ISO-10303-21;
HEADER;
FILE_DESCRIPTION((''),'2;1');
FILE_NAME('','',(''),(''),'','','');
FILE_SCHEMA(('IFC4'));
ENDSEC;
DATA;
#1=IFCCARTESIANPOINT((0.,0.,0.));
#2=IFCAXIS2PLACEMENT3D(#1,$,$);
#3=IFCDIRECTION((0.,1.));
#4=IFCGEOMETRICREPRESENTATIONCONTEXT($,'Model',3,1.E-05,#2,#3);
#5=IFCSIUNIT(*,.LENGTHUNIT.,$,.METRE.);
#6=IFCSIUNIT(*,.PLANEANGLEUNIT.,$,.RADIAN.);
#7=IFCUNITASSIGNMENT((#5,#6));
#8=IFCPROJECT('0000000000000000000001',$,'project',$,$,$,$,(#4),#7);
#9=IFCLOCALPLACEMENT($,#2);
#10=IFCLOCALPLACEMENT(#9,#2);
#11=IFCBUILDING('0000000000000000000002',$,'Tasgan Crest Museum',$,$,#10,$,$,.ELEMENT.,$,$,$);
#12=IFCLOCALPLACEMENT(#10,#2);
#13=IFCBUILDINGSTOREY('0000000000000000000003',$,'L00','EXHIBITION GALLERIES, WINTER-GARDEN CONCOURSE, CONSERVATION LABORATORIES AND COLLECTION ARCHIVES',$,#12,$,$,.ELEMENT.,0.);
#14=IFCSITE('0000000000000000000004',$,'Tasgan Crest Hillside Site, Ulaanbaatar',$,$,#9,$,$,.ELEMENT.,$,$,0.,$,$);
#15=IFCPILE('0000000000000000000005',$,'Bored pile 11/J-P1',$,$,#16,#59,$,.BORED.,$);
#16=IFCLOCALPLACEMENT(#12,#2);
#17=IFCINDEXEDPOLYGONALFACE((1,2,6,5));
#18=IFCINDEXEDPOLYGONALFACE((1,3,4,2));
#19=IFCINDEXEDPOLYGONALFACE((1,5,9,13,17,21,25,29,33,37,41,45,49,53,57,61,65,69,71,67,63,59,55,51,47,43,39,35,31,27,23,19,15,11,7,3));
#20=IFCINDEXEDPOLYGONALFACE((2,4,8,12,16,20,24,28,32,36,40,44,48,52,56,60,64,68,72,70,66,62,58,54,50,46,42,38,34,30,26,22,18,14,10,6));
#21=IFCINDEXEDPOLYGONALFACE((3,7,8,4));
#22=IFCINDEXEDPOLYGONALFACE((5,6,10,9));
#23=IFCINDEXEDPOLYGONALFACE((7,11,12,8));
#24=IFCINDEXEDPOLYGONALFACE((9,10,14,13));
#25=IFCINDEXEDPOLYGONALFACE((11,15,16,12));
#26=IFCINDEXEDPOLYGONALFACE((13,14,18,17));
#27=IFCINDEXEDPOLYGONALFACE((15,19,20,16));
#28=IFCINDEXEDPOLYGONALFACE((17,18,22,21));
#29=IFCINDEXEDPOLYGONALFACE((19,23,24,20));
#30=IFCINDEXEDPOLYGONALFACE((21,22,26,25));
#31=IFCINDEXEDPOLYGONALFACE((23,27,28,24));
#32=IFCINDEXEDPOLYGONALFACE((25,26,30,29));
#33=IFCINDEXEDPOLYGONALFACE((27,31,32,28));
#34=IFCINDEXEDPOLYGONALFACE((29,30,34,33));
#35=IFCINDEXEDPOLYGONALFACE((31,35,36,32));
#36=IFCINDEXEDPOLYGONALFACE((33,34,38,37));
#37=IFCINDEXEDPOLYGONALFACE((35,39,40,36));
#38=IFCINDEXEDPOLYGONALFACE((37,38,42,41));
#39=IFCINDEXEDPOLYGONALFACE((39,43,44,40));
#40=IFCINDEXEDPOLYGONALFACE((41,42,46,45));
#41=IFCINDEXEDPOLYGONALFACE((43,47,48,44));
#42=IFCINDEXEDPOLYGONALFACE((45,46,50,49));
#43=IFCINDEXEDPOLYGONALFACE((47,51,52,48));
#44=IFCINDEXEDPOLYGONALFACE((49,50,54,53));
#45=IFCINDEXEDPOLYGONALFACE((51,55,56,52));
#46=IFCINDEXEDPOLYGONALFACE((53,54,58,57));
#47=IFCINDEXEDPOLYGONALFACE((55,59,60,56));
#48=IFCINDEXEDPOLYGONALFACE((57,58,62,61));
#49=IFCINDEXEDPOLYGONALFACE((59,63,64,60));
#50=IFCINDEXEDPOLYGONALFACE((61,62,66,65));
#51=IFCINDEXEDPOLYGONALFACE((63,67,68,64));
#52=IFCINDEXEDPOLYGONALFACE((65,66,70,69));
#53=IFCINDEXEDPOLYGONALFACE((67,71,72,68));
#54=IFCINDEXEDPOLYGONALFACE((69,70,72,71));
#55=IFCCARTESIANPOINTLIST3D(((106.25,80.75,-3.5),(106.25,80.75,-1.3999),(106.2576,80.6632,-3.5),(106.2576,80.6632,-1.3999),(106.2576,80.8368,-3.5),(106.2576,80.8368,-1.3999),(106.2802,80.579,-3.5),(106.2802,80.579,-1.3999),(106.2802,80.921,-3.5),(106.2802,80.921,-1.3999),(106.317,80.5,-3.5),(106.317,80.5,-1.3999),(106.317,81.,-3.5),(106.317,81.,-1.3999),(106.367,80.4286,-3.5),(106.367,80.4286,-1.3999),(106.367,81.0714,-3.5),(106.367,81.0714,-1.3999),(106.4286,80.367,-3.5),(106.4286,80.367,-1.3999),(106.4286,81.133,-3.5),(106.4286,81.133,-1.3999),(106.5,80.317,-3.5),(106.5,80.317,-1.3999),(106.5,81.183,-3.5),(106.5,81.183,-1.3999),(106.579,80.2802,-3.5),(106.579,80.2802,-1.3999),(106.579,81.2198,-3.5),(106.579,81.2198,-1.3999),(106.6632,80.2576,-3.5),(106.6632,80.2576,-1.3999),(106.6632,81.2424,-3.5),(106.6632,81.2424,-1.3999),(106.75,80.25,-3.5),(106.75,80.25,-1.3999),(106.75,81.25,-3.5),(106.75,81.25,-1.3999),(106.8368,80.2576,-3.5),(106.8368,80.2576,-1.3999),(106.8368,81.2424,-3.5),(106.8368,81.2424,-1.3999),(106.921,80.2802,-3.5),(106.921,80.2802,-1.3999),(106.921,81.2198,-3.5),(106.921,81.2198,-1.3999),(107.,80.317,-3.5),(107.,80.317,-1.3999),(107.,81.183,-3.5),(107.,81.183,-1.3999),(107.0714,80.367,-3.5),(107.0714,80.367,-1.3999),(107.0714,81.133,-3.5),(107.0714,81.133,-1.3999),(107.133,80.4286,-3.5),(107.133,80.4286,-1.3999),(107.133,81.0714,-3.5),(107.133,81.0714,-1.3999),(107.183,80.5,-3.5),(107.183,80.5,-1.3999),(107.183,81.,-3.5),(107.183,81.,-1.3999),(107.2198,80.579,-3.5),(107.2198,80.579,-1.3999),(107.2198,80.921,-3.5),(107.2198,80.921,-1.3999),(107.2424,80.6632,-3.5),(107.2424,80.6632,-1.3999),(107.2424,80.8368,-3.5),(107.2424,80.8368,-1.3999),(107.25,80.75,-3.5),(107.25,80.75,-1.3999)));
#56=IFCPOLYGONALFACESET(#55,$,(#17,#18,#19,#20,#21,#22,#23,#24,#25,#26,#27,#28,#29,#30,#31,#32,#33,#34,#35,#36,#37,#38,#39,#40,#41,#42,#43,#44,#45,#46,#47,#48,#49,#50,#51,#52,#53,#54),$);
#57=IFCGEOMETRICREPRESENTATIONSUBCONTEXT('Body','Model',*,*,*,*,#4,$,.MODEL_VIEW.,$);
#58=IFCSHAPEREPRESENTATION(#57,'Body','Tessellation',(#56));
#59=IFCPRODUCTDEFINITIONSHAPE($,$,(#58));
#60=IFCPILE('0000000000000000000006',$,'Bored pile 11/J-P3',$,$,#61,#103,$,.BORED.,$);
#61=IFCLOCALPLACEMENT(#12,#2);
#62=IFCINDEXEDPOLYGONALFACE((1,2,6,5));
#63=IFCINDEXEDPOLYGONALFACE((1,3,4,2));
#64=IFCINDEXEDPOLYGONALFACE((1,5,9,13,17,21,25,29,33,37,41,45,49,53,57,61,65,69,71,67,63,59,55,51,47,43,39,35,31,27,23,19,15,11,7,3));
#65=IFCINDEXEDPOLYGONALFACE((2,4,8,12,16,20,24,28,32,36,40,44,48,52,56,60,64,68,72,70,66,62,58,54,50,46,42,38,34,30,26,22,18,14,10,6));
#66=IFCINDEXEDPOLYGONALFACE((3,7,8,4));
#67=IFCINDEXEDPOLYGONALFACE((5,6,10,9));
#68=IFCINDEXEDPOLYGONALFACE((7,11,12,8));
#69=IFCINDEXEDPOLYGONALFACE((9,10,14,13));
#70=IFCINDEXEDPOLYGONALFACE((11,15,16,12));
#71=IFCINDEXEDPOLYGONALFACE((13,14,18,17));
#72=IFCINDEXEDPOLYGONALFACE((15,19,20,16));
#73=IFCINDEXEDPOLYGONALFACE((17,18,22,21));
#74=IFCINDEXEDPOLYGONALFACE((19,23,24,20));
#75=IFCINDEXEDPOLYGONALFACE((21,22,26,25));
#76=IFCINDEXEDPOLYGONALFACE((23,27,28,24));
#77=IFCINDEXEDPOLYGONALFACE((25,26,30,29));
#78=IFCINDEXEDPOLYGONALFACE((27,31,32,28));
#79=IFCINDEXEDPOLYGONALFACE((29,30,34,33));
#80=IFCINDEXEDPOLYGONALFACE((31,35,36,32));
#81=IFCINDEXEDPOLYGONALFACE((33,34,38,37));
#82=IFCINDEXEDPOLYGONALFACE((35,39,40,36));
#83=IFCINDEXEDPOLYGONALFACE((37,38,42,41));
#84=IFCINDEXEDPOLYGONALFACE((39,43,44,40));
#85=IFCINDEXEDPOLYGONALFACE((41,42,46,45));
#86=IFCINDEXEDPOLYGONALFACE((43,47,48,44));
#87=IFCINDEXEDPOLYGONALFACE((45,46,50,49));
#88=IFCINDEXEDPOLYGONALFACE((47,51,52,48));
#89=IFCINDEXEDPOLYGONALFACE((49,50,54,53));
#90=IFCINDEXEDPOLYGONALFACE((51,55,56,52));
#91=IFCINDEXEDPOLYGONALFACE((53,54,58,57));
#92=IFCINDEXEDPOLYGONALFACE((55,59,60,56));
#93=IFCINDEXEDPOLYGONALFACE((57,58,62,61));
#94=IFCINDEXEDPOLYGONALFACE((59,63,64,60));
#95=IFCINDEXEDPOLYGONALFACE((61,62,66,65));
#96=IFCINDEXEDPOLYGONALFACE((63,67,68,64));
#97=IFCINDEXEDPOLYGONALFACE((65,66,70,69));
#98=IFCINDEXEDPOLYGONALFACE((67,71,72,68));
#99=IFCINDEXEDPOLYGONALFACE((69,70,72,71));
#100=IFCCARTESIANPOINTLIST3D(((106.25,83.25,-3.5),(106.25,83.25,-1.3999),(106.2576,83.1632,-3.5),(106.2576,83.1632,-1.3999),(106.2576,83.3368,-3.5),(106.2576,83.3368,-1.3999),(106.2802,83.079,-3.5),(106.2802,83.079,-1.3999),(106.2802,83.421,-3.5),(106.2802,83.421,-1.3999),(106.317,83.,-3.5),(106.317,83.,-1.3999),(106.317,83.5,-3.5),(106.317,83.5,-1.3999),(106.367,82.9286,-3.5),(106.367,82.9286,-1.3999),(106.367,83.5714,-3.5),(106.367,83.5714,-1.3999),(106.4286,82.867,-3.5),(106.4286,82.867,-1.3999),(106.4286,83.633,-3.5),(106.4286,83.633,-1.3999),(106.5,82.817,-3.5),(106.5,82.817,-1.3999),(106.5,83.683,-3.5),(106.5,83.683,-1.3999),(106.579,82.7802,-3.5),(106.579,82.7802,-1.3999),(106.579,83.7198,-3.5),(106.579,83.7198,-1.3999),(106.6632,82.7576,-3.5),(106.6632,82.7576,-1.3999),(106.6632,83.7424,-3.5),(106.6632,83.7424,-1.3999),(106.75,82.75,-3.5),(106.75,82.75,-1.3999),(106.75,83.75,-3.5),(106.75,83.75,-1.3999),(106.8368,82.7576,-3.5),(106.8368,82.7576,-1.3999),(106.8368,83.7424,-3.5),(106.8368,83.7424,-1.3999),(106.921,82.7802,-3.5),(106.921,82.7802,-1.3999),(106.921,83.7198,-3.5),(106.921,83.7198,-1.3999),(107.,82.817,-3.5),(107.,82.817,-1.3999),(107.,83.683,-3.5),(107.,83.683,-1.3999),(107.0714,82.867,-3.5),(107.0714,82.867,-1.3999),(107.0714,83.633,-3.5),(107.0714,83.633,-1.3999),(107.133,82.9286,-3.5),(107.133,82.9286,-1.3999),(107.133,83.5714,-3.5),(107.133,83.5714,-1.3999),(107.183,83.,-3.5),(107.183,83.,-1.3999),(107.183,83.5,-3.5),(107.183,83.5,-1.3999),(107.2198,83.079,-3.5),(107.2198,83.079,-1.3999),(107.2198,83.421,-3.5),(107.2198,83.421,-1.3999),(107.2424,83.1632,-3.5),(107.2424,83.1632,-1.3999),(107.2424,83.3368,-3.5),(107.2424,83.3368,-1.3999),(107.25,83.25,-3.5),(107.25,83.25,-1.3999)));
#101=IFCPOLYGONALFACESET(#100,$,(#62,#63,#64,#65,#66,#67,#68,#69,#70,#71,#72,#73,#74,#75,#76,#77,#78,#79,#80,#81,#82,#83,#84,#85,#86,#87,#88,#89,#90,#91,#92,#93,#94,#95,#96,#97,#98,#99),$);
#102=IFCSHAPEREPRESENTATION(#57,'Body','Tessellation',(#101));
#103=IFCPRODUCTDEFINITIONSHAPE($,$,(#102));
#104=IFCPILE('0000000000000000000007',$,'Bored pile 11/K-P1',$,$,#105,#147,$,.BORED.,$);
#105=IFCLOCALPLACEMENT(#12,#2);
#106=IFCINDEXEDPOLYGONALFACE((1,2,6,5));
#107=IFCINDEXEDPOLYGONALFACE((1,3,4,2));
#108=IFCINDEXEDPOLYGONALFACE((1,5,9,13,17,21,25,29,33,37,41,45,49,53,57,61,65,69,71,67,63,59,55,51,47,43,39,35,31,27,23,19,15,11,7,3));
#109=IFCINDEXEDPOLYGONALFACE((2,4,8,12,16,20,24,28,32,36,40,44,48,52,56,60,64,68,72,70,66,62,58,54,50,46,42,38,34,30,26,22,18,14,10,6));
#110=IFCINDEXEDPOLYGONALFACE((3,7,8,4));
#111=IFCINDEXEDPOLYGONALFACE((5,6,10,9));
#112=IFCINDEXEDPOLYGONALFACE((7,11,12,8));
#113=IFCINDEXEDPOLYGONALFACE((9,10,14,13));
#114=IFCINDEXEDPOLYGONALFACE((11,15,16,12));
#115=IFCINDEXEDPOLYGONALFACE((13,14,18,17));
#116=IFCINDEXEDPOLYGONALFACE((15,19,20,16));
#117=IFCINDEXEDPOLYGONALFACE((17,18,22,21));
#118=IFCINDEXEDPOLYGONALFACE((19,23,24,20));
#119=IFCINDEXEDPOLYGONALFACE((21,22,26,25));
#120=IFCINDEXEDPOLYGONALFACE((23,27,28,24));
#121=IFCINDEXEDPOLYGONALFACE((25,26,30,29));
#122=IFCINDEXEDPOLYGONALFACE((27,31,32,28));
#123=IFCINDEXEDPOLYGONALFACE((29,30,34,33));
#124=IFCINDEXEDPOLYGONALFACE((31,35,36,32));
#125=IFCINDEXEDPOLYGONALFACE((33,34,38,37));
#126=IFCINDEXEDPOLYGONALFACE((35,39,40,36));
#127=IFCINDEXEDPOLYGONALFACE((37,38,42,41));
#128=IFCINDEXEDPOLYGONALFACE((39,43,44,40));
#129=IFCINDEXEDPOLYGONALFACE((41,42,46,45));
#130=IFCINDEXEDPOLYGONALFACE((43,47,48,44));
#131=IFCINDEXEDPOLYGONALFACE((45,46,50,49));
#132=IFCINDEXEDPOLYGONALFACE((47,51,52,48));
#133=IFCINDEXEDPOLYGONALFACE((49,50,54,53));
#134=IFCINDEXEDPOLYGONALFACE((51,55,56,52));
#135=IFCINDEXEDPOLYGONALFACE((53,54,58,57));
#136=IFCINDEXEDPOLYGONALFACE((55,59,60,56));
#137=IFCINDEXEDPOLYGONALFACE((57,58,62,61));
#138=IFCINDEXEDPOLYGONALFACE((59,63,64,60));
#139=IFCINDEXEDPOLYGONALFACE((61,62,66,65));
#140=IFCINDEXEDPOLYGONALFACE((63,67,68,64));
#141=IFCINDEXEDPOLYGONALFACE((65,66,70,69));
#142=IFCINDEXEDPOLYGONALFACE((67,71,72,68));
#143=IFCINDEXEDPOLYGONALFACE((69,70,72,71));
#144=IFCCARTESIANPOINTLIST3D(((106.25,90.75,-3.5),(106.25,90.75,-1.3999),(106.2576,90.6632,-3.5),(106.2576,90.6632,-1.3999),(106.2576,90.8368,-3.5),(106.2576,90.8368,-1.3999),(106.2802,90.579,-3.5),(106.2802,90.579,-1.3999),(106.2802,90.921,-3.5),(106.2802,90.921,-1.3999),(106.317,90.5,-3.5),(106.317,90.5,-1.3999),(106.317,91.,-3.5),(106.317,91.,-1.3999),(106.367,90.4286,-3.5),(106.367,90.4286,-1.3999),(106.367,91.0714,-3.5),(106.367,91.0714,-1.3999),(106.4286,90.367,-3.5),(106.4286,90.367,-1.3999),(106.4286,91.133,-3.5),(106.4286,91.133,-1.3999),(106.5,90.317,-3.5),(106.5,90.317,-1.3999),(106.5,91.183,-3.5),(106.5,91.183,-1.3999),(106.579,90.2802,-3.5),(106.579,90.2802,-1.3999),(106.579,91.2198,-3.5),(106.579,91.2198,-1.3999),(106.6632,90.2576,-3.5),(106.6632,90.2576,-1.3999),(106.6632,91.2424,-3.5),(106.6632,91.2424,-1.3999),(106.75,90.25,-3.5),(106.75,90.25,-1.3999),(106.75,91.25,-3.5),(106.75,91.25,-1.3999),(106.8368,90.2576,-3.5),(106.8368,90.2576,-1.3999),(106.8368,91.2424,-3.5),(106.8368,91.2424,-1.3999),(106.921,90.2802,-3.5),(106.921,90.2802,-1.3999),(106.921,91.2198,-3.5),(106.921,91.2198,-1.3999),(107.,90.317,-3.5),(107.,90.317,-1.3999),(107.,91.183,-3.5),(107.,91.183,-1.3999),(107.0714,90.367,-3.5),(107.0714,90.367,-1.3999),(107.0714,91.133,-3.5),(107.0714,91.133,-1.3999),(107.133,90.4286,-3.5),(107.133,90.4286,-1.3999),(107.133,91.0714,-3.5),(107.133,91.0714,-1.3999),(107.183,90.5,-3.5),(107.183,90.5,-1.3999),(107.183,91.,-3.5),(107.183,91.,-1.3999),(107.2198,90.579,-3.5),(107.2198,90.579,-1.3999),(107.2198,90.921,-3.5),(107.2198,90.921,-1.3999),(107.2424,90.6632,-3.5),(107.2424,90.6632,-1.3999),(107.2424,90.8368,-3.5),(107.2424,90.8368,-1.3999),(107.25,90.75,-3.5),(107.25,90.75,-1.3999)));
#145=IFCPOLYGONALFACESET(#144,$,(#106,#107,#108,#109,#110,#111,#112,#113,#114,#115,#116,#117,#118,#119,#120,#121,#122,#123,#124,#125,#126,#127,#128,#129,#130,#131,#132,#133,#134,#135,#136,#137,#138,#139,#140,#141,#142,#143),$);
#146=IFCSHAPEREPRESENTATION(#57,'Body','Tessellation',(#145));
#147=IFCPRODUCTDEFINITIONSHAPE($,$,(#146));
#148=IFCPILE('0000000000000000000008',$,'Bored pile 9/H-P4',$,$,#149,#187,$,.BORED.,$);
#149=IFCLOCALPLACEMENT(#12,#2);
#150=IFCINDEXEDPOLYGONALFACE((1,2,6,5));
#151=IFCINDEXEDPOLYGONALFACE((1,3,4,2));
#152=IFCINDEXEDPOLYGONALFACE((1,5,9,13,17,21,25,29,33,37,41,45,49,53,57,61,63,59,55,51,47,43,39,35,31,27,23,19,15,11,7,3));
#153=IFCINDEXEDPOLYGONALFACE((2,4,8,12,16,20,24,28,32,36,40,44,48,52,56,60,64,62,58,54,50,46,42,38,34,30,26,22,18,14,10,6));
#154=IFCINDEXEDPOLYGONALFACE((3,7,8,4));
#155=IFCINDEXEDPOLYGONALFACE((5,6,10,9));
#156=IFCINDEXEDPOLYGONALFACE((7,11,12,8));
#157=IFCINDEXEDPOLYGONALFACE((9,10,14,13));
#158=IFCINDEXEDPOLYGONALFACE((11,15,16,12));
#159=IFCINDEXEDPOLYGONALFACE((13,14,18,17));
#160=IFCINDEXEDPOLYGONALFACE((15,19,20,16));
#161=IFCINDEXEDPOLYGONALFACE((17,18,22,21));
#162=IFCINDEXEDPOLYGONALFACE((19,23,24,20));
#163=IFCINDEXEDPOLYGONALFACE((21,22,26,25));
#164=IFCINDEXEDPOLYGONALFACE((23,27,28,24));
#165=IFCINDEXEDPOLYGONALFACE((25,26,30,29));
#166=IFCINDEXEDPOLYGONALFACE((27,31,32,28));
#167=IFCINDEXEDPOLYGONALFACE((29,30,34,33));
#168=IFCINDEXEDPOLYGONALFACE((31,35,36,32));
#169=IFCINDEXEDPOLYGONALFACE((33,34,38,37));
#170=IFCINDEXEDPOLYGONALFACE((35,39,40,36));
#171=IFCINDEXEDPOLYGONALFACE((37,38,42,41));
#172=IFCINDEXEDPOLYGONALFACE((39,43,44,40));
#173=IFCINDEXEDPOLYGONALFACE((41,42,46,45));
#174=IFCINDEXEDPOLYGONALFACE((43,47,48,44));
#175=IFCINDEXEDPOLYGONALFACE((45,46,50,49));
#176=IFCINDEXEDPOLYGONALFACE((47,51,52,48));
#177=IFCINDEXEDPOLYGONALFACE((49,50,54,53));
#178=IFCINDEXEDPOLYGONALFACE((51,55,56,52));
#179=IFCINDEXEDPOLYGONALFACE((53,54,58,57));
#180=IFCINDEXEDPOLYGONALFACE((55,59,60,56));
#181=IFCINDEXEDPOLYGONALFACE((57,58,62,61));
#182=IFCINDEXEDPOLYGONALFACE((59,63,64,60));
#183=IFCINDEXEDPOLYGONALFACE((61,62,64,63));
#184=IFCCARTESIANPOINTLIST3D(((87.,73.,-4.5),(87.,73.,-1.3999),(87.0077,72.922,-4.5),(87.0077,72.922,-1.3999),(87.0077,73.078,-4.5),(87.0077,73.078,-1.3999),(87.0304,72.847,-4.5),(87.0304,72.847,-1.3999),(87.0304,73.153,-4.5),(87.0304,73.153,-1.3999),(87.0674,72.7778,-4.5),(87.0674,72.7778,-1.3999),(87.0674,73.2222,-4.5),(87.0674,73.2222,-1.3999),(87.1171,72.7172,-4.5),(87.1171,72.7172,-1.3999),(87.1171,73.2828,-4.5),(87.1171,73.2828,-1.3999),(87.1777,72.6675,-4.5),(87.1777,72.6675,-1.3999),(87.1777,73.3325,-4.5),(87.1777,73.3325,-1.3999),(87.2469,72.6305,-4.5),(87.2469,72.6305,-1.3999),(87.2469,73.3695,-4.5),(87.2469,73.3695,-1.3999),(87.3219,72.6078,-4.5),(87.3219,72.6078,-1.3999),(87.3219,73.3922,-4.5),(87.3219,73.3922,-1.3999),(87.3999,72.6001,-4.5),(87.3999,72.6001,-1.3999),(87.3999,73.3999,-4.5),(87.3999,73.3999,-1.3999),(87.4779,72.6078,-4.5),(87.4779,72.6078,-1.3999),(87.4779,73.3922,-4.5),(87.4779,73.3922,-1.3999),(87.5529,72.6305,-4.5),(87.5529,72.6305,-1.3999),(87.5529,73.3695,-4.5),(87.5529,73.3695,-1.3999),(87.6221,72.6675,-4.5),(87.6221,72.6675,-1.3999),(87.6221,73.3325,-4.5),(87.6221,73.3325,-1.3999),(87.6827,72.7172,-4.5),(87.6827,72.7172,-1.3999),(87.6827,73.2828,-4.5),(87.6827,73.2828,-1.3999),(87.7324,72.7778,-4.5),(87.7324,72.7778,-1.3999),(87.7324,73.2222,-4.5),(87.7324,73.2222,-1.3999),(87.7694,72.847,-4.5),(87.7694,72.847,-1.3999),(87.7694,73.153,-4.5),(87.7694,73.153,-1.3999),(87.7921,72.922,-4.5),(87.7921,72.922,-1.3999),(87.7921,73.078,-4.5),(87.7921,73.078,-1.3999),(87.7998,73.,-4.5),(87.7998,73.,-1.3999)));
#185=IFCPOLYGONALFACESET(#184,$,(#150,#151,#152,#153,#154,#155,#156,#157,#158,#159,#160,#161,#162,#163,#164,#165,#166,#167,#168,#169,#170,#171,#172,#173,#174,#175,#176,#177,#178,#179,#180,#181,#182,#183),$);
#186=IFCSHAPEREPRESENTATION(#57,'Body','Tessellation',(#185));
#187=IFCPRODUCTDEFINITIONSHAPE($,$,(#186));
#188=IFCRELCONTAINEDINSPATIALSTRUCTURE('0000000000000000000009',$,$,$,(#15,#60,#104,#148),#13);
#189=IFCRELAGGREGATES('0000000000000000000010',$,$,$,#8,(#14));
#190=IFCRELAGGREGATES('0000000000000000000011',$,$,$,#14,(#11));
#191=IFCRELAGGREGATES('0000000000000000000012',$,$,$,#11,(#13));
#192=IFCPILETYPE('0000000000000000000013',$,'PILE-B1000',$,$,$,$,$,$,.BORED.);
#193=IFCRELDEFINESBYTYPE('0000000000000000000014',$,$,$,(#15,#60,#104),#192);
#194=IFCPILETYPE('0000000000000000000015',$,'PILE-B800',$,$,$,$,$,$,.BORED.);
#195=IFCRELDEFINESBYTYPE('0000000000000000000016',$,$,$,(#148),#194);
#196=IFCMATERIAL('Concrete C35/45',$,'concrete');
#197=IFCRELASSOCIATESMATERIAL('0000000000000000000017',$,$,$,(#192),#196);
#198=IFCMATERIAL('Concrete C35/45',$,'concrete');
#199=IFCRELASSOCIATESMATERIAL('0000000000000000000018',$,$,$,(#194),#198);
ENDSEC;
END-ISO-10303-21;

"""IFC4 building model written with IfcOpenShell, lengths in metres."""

from ifc_helpers import new_model, si_unit, direction, frame, origin, origin_2d, place, context, subcontext, project, spatial, circle, extrude, material, material_profile, profile_set, type_object, element, save


model = new_model("IFC4")

# Units and contexts
model_context = context("Model", 3, precision=1e-05, world=origin(), true_north=direction((0.0, 1.0)))
body_context = subcontext(model_context, "Body", "Model", "MODEL_VIEW")
ifc_project = project(units=[si_unit("LENGTHUNIT", "METRE"), si_unit("PLANEANGLEUNIT", "RADIAN")], contexts=[model_context])

# Site, building, storey
site_placement = place(None, origin())
site = spatial("IfcSite", under=ifc_project, at=site_placement, Name="Tasgan Crest Hillside Site, Ulaanbaatar", CompositionType="ELEMENT", RefElevation=0.0)
building_placement = place(site_placement, origin())
building = spatial("IfcBuilding", under=site, at=building_placement, Name="Tasgan Crest Museum", CompositionType="ELEMENT")
storey_placement = place(building_placement, origin())
storey = spatial("IfcBuildingStorey", under=building, at=storey_placement, Name="L00", Description="EXHIBITION GALLERIES, WINTER-GARDEN CONCOURSE, CONSERVATION LABORATORIES AND COLLECTION ARCHIVES", CompositionType="ELEMENT", Elevation=0.0)

# Piles
ifc_material_1 = material(Name="Concrete C35/45", Category="concrete")
ifc_material_profile_1 = material_profile(ifc_material_1, circle(Radius=0.5, at=origin_2d()), Name="PILE D1000")
ifc_profile_set_1 = profile_set([ifc_material_profile_1], Name="Concrete C35/45")
pile_type_1 = type_object("IfcPileType", Name="PILE-B1000", PredefinedType="BORED", material=ifc_profile_set_1)
for number, where, z_axis, x_axis, name in (
    (1, (106.75, 80.75, -1.3999), (0.0, 0.0, -1.0), (1.0, 0.0, 0.0), "Bored pile 11/J-P1"),
    (2, (106.75, 83.25, -1.3999), (0.0, 0.0, -1.0), (1.0, 0.0, 0.0), "Bored pile 11/J-P3"),
    (3, (106.75, 90.75, -1.3999), (0.0, 0.0, -1.0), (1.0, 0.0, 0.0), "Bored pile 11/K-P1"),
):
    element("IfcPile", number, at=place(storey_placement, frame(where, z_axis=z_axis, x_axis=x_axis)), inside=storey, type_object=pile_type_1, Name=name, PredefinedType="BORED", context=body_context, shape_type="SweptSolid", body=[
        extrude(circle(Radius=0.5, at=origin_2d()), origin(), (0.0, 0.0, 1.0), 2.1001),
    ])
ifc_material_2 = material(Name="Concrete C35/45", Category="concrete")
ifc_material_profile_2 = material_profile(ifc_material_2, circle(Radius=0.3999, at=origin_2d()), Name="PILE D800")
ifc_profile_set_2 = profile_set([ifc_material_profile_2], Name="Concrete C35/45")
pile_type_2 = type_object("IfcPileType", Name="PILE-B800", PredefinedType="BORED", material=ifc_profile_set_2)
pile_1_placement = place(storey_placement, frame((87.3999, 73.0, -1.3999), z_axis=(0.0, 0.0, -1.0), x_axis=(1.0, 0.0, 0.0)))
element("IfcPile", 4, at=pile_1_placement, inside=storey, type_object=pile_type_2, Name="Bored pile 9/H-P4", PredefinedType="BORED", context=body_context, shape_type="SweptSolid", body=[
    extrude(circle(Radius=0.3999, at=origin_2d()), origin(), (0.0, 0.0, 1.0), 3.1001),
])

save(model, "model.ifc")
